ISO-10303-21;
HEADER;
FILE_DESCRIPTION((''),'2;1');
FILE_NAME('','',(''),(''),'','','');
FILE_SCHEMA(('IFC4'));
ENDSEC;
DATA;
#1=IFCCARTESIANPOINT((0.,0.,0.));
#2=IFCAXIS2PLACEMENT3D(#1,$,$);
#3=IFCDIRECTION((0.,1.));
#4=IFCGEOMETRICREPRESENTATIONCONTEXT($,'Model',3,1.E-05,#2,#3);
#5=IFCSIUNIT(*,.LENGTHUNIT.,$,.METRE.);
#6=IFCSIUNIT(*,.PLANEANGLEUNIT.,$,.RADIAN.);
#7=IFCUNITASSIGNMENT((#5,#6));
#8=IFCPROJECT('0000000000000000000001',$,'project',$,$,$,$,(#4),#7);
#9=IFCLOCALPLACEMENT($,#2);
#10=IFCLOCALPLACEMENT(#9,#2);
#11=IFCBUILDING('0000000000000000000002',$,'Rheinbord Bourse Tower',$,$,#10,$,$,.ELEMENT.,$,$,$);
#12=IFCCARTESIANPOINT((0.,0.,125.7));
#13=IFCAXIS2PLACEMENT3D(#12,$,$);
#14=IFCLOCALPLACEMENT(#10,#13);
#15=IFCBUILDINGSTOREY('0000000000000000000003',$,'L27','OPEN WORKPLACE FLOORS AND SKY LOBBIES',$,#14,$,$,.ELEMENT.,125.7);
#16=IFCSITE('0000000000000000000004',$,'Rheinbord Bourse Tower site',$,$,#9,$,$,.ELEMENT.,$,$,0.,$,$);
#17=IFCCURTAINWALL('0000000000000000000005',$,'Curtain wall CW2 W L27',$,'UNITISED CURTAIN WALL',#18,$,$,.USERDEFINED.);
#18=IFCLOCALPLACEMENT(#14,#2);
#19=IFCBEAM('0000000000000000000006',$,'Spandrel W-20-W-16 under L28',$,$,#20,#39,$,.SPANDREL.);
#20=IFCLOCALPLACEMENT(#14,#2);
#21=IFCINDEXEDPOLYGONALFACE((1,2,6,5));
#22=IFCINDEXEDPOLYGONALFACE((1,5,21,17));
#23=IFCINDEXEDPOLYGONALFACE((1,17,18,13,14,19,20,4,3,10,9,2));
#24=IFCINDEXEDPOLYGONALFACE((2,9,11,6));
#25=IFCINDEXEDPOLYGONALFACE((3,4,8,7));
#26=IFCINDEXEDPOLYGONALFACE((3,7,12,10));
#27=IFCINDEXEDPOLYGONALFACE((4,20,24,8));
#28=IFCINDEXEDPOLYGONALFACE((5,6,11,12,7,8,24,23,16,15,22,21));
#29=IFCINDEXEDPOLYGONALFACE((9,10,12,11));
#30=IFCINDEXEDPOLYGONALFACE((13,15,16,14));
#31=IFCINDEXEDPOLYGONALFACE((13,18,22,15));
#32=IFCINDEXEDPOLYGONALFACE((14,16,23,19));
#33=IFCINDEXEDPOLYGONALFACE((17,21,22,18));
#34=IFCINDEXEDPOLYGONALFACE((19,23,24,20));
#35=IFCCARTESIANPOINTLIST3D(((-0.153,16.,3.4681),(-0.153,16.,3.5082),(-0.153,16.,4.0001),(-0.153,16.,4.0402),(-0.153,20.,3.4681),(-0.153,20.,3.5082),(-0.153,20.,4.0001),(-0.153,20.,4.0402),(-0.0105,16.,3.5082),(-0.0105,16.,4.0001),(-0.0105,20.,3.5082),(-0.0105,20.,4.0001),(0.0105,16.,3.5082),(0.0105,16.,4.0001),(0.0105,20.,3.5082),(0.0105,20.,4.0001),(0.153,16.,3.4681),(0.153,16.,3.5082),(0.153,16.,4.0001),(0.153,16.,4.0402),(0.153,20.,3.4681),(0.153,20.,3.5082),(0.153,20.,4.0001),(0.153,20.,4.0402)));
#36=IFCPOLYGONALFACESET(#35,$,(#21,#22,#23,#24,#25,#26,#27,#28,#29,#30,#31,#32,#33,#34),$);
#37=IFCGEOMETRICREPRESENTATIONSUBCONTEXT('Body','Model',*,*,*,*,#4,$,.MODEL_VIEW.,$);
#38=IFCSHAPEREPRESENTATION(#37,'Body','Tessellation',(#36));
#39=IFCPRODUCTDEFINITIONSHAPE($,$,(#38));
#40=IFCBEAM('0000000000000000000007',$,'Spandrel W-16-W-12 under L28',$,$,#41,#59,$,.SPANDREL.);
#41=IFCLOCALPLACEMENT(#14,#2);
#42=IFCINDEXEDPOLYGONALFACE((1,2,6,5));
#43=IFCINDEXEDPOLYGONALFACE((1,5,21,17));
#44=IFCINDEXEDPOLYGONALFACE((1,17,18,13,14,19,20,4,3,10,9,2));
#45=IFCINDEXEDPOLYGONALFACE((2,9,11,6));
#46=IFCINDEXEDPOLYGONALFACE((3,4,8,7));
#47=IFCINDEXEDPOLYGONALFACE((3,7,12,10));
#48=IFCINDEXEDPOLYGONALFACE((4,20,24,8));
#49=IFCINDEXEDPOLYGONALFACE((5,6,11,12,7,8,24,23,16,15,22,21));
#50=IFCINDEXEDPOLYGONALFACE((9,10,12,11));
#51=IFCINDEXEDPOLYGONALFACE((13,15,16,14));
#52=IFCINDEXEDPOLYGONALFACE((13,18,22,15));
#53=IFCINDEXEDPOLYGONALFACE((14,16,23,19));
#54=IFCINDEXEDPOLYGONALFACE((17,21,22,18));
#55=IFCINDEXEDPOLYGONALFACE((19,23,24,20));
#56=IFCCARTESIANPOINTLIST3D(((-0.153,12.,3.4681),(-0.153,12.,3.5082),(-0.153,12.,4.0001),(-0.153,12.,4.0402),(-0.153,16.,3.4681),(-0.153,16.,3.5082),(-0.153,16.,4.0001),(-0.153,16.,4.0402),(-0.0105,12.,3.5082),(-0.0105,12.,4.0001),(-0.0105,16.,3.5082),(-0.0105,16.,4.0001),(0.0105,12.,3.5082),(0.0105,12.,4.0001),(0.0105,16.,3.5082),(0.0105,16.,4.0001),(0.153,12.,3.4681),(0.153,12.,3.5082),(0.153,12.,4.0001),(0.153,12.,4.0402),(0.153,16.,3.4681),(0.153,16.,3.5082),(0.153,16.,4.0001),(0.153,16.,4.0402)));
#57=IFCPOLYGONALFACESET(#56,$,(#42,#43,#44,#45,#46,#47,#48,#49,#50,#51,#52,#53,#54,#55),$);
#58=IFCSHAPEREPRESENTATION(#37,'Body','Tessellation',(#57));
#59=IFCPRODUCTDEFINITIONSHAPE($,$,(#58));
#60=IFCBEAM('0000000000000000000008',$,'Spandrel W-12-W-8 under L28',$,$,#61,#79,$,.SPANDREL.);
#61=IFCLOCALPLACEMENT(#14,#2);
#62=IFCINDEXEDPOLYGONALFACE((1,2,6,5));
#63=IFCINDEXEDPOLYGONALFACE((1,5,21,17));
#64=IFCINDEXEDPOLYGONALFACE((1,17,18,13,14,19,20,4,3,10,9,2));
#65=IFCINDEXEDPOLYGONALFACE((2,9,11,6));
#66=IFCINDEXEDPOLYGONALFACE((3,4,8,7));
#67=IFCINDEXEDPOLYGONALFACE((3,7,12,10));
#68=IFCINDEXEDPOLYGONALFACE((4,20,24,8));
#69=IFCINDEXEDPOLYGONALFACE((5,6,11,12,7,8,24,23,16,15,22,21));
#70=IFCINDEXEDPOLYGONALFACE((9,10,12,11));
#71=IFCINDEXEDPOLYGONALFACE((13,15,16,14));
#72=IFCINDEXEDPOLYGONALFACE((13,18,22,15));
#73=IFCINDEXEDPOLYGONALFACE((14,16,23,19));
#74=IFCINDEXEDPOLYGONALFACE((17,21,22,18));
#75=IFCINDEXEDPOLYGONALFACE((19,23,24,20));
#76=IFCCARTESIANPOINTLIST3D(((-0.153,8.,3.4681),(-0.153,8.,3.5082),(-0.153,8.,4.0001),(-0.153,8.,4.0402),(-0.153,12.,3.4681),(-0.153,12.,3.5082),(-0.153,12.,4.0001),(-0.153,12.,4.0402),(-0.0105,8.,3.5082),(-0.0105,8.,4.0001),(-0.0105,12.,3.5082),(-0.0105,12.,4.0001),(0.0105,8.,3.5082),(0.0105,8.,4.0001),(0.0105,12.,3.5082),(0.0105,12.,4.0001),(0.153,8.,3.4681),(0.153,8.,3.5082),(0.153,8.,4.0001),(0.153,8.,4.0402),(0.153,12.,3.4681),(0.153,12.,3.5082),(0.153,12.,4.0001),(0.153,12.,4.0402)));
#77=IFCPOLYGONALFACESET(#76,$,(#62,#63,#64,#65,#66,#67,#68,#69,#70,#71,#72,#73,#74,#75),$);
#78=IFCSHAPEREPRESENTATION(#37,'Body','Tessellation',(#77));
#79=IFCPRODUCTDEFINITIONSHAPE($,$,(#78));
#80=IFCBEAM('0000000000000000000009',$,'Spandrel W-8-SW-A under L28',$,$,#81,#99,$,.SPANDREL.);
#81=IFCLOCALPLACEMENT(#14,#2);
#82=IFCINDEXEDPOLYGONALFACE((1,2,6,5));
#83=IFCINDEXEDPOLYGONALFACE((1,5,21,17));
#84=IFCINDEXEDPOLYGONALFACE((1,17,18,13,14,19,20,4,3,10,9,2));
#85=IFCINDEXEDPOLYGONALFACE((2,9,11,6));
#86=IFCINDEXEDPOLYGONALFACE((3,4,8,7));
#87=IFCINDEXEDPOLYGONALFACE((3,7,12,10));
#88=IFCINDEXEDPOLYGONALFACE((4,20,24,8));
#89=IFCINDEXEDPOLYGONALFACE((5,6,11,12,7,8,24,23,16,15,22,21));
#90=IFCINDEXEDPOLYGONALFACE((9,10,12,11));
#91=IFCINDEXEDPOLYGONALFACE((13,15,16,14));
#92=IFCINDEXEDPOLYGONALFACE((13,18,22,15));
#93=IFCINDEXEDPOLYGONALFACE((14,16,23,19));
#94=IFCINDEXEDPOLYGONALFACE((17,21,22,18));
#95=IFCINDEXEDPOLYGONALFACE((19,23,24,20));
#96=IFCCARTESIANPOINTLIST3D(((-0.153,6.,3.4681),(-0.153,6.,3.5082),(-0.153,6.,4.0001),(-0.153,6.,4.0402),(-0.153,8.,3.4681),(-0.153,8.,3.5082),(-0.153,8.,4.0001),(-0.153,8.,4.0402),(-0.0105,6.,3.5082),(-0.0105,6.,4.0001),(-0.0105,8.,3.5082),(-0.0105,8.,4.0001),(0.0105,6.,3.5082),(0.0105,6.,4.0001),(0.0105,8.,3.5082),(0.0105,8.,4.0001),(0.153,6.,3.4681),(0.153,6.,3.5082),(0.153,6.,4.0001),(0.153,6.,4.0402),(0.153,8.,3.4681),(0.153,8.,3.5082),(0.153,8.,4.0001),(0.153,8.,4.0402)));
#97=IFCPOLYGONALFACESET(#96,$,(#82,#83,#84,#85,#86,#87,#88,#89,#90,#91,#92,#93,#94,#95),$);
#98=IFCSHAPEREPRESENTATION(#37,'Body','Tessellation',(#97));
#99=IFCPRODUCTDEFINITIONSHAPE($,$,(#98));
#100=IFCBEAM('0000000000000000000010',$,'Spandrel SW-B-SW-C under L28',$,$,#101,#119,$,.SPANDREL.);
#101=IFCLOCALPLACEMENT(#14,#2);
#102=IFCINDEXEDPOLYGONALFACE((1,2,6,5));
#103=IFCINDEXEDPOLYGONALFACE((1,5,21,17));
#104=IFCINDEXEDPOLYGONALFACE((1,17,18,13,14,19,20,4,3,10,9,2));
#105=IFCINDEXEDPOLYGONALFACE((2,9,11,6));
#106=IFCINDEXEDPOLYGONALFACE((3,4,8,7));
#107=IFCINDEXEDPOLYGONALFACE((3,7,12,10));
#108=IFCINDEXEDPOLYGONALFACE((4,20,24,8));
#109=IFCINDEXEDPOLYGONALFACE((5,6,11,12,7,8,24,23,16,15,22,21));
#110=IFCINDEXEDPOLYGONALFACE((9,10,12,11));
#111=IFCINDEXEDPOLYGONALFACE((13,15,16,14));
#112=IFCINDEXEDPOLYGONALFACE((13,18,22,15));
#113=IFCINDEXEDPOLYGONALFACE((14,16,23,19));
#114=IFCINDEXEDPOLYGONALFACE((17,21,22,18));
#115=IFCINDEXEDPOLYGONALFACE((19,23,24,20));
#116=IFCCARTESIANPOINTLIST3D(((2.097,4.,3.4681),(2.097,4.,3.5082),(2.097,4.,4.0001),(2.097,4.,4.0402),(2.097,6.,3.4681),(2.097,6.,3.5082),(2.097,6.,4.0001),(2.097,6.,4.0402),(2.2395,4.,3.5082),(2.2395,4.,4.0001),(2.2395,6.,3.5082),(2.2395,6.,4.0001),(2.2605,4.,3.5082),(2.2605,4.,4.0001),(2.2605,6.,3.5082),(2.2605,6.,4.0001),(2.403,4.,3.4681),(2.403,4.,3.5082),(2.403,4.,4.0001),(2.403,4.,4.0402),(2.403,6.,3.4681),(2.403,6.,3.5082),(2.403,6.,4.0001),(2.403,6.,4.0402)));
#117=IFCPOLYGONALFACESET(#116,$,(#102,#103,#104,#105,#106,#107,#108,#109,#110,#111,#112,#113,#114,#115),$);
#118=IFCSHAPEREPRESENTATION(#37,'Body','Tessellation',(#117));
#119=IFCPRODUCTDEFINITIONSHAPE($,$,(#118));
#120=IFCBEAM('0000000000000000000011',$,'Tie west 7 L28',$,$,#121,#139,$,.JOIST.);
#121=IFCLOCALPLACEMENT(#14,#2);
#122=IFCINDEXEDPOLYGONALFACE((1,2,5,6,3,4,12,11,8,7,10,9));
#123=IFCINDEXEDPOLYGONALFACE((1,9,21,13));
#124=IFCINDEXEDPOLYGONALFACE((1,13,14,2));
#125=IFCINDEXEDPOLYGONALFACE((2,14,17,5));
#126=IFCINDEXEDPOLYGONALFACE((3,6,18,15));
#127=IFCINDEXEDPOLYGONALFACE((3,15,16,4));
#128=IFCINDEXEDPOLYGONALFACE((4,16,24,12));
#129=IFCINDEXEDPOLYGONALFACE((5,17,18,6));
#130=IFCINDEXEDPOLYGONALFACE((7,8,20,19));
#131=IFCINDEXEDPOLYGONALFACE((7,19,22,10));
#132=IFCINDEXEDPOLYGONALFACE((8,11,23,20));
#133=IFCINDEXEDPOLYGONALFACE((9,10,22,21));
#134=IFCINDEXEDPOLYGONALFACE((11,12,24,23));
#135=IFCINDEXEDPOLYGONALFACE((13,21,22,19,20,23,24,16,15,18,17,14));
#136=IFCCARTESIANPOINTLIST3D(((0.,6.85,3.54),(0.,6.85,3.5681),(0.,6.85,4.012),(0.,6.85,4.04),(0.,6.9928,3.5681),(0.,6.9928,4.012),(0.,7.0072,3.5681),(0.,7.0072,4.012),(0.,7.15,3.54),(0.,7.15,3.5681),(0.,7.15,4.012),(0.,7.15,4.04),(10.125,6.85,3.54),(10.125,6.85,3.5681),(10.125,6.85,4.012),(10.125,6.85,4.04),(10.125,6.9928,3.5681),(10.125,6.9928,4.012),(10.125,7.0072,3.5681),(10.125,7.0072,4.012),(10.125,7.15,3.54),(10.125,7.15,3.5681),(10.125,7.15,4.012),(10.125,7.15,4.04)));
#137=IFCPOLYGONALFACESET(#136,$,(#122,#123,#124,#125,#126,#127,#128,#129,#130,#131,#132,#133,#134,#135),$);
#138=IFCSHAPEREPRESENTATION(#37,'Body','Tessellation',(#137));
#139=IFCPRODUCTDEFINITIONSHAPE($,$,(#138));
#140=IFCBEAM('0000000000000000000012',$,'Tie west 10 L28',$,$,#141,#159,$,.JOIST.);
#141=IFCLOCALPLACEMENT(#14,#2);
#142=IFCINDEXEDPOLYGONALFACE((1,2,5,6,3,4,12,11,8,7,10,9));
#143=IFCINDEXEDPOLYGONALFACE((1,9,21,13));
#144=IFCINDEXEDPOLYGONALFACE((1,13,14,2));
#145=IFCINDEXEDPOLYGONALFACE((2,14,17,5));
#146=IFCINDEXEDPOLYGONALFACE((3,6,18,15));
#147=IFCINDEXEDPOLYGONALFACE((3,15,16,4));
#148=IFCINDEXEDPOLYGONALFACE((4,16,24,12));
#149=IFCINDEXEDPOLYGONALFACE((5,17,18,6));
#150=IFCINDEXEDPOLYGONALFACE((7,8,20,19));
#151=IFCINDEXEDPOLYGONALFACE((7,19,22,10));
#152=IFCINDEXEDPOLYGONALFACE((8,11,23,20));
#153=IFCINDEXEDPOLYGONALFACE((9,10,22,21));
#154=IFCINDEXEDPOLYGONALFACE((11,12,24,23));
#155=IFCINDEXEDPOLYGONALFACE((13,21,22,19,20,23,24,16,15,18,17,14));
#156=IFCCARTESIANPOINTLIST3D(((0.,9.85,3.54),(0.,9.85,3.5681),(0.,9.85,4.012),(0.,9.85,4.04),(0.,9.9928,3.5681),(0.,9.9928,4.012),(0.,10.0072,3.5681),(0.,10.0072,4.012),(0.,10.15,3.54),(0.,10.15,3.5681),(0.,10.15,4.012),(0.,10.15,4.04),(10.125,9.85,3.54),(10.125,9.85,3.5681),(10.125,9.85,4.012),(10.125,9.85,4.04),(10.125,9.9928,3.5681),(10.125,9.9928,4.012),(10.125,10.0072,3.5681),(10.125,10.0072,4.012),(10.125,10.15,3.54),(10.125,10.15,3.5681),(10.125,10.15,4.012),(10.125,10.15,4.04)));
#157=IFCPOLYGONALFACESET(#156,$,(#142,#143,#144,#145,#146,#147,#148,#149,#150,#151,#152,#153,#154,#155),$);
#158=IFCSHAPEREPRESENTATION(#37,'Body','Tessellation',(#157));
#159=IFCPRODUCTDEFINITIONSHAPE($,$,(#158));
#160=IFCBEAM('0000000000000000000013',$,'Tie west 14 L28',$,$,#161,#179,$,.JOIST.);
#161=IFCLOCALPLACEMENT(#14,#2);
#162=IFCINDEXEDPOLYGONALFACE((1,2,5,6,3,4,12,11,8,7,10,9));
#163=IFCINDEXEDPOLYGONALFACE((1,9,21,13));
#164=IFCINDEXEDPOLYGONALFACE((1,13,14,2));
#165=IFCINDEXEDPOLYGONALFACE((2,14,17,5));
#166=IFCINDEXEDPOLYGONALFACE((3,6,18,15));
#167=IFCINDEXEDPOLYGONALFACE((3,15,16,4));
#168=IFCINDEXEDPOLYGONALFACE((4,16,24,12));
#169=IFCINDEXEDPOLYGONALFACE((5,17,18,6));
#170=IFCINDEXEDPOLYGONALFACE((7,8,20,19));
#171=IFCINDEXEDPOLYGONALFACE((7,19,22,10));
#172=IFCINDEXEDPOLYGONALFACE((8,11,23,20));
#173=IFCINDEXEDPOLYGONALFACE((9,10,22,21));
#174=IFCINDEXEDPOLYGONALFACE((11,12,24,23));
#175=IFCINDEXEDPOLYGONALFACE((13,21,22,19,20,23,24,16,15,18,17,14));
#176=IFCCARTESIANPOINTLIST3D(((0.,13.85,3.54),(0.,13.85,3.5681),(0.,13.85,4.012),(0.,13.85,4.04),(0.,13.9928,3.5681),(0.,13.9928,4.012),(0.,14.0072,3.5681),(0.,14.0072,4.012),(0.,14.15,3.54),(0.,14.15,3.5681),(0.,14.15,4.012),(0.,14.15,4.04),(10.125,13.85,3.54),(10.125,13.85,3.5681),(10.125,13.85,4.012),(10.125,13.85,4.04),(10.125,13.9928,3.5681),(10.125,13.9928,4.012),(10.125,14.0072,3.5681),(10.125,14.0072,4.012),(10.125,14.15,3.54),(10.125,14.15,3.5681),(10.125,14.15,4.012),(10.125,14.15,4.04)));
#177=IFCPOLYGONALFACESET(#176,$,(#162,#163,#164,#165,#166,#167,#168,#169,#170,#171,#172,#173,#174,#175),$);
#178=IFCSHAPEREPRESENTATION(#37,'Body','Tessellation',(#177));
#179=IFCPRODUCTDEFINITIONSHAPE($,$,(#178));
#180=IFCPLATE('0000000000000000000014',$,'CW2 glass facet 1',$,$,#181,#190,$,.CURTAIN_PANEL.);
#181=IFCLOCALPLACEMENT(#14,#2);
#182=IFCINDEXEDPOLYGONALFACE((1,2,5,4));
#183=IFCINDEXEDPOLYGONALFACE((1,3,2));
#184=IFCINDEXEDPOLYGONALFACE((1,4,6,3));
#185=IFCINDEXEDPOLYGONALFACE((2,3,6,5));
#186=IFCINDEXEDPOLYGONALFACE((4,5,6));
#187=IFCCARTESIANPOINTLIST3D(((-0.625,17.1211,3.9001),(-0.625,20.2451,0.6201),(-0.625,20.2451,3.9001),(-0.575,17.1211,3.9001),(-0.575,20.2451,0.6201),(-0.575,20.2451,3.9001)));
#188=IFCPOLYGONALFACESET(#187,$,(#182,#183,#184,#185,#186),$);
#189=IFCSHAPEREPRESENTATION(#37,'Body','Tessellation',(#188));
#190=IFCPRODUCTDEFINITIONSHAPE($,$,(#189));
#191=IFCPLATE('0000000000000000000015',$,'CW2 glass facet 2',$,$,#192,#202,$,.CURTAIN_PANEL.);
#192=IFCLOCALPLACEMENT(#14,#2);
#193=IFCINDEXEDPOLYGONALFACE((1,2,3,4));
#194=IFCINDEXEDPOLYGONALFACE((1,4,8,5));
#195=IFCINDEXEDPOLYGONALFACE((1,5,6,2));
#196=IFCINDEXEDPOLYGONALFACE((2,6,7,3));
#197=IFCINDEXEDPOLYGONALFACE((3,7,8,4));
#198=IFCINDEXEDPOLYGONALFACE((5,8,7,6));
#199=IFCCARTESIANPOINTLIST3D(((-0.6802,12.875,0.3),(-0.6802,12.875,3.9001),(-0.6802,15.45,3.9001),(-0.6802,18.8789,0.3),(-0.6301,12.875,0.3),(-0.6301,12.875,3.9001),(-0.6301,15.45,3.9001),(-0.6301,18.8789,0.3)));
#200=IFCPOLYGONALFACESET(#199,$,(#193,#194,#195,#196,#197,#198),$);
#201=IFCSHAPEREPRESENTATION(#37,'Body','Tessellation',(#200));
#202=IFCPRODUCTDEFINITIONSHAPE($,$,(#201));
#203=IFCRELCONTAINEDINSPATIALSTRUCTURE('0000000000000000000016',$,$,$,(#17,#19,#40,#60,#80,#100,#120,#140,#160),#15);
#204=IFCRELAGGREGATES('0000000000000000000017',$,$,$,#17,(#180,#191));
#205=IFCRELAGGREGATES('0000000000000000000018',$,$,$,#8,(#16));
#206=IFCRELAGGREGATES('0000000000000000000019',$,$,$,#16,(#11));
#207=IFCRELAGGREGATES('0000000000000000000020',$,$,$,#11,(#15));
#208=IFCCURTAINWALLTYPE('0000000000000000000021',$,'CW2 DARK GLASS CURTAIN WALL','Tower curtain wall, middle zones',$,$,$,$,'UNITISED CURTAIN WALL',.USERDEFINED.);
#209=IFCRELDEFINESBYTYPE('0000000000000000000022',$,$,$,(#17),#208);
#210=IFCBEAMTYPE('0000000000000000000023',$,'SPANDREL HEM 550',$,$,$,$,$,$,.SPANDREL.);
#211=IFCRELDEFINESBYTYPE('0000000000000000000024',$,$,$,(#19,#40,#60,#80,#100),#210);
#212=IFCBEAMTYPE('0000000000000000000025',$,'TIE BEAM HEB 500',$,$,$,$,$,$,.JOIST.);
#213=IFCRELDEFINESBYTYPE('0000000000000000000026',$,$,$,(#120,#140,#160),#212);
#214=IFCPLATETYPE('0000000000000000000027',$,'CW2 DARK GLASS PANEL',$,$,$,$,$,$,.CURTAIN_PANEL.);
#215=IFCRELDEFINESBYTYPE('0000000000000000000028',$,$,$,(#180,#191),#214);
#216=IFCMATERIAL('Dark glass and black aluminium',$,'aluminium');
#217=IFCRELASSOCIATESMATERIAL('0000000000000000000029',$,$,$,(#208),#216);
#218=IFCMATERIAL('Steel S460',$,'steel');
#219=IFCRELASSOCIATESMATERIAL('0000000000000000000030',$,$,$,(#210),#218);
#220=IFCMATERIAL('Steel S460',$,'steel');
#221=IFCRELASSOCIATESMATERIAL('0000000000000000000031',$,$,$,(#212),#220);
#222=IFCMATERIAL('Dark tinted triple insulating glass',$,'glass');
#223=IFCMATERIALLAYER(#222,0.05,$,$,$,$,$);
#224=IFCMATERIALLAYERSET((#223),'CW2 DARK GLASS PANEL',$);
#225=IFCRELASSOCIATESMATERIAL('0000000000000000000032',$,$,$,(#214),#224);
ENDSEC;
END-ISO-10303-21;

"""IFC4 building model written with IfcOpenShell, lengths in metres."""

from ifc_helpers import new_model, si_unit, direction, frame, origin, origin_2d, place, context, subcontext, project, spatial, polyline, i_section, outline, extrude, material, layer, layer_set, material_profile, profile_set, type_object, element, aggregate, save


model = new_model("IFC4")

# Units and contexts
model_context = context("Model", 3, precision=1e-05, world=origin(), true_north=direction((0.0, 1.0)))
body_context = subcontext(model_context, "Body", "Model", "MODEL_VIEW")
ifc_project = project(units=[si_unit("LENGTHUNIT", "METRE"), si_unit("PLANEANGLEUNIT", "RADIAN")], contexts=[model_context])

# Site, building, storey
site_placement = place(None, origin())
site = spatial("IfcSite", under=ifc_project, at=site_placement, Name="Rheinbord Bourse Tower site", CompositionType="ELEMENT", RefElevation=0.0)
building_placement = place(site_placement, origin())
building = spatial("IfcBuilding", under=site, at=building_placement, Name="Rheinbord Bourse Tower", CompositionType="ELEMENT")
storey_placement = place(building_placement, frame((0.0, 0.0, 125.7)))
storey = spatial("IfcBuildingStorey", under=building, at=storey_placement, Name="L27", Description="OPEN WORKPLACE FLOORS AND SKY LOBBIES", CompositionType="ELEMENT", Elevation=125.7)

# Curtain wall
ifc_material_1 = material(Name="Dark glass and black aluminium", Category="aluminium")
curtain_wall_type = type_object("IfcCurtainWallType", Name="CW2 DARK GLASS CURTAIN WALL", Description="Tower curtain wall, middle zones", ElementType="UNITISED CURTAIN WALL", PredefinedType="USERDEFINED", material=ifc_material_1)
curtain_wall_placement = place(storey_placement, origin())
curtain_wall = element("IfcCurtainWall", 1, at=curtain_wall_placement, inside=storey, type_object=curtain_wall_type, Name="Curtain wall CW2 W L27", ObjectType="UNITISED CURTAIN WALL", PredefinedType="USERDEFINED")

# Beams
ifc_material_2 = material(Name="Steel S460", Category="steel")
ifc_material_profile_1 = material_profile(ifc_material_2, i_section(OverallWidth=0.3059, OverallDepth=0.572, WebThickness=0.021, FlangeThickness=0.04, at=origin_2d()), Name="HEM 550")
ifc_profile_set_1 = profile_set([ifc_material_profile_1], Name="Steel S460")
beam_type_1 = type_object("IfcBeamType", Name="SPANDREL HEM 550", PredefinedType="SPANDREL", material=ifc_profile_set_1)
for number, where, z_axis, x_axis, name in (
    (2, (0.0, 20.0, 3.7542), (0.0, -1.0, 0.0), (1.0, 0.0, 0.0), "Spandrel W-20-W-16 under L28"),
    (3, (0.0, 16.0, 3.7542), (0.0, -1.0, 0.0), (1.0, 0.0, 0.0), "Spandrel W-16-W-12 under L28"),
    (4, (0.0, 12.0, 3.7542), (0.0, -1.0, 0.0), (1.0, 0.0, 0.0), "Spandrel W-12-W-8 under L28"),
):
    element("IfcBeam", number, at=place(storey_placement, frame(where, z_axis=z_axis, x_axis=x_axis)), inside=storey, type_object=beam_type_1, Name=name, PredefinedType="SPANDREL", context=body_context, shape_type="SweptSolid", body=[
        extrude(i_section(OverallWidth=0.3059, OverallDepth=0.572, WebThickness=0.021, FlangeThickness=0.04, at=origin_2d()), origin(), (0.0, 0.0, 1.0), 4.0),
    ])
for number, where, z_axis, x_axis, name in (
    (5, (0.0, 8.0, 3.7542), (0.0, -1.0, 0.0), (1.0, 0.0, 0.0), "Spandrel W-8-SW-A under L28"),
    (6, (2.25, 6.0, 3.7542), (0.0, -1.0, 0.0), (1.0, 0.0, 0.0), "Spandrel SW-B-SW-C under L28"),
):
    element("IfcBeam", number, at=place(storey_placement, frame(where, z_axis=z_axis, x_axis=x_axis)), inside=storey, type_object=beam_type_1, Name=name, PredefinedType="SPANDREL", context=body_context, shape_type="SweptSolid", body=[
        extrude(i_section(OverallWidth=0.3059, OverallDepth=0.572, WebThickness=0.021, FlangeThickness=0.04, at=origin_2d()), origin(), (0.0, 0.0, 1.0), 2.0),
    ])
ifc_material_3 = material(Name="Steel S460", Category="steel")
ifc_material_profile_2 = material_profile(ifc_material_3, i_section(OverallWidth=0.3, OverallDepth=0.5, WebThickness=0.0144, FlangeThickness=0.0281, at=origin_2d()), Name="HEB 500")
ifc_profile_set_2 = profile_set([ifc_material_profile_2], Name="Steel S460")
beam_type_2 = type_object("IfcBeamType", Name="TIE BEAM HEB 500", PredefinedType="JOIST", material=ifc_profile_set_2)
for number, where, z_axis, x_axis, name in (
    (7, (0.0, 7.0, 3.79), (1.0, 0.0, 0.0), (0.0, 1.0, 0.0), "Tie west 7 L28"),
    (8, (0.0, 10.0, 3.79), (1.0, 0.0, 0.0), (0.0, 1.0, 0.0), "Tie west 10 L28"),
    (9, (0.0, 14.0, 3.79), (1.0, 0.0, 0.0), (0.0, 1.0, 0.0), "Tie west 14 L28"),
):
    element("IfcBeam", number, at=place(storey_placement, frame(where, z_axis=z_axis, x_axis=x_axis)), inside=storey, type_object=beam_type_2, Name=name, PredefinedType="JOIST", context=body_context, shape_type="SweptSolid", body=[
        extrude(i_section(OverallWidth=0.3, OverallDepth=0.5, WebThickness=0.0144, FlangeThickness=0.0281, at=origin_2d()), origin(), (0.0, 0.0, 1.0), 10.125),
    ])

# Plates
ifc_material_4 = material(Name="Dark tinted triple insulating glass", Category="glass")
ifc_layer_1 = layer(ifc_material_4, 0.05)
ifc_layer_set_1 = layer_set([ifc_layer_1], Name="CW2 DARK GLASS PANEL")
plate_type = type_object("IfcPlateType", Name="CW2 DARK GLASS PANEL", PredefinedType="CURTAIN_PANEL", material=ifc_layer_set_1)
plate_1_placement = place(storey_placement, frame((-0.625, 20.2451, 3.9001), z_axis=(1.0, 0.0, 0.0), x_axis=(0.0, -1.0, 0.0)))
plate_1 = element("IfcPlate", 10, at=plate_1_placement, type_object=plate_type, Name="CW2 glass facet 1", PredefinedType="CURTAIN_PANEL", context=body_context, shape_type="SweptSolid", body=[
    extrude(outline(polyline([(0.0, 0.0), (3.124, 0.0), (0.0, 3.28), (0.0, 0.0)])), origin(), (0.0, 0.0, 1.0), 0.05),
])
plate_2_placement = place(storey_placement, frame((-0.6802, 12.875, 3.9001), z_axis=(1.0, 0.0, 0.0), x_axis=(0.0, 0.0, -1.0)))
plate_2 = element("IfcPlate", 11, at=plate_2_placement, type_object=plate_type, Name="CW2 glass facet 2", PredefinedType="CURTAIN_PANEL", context=body_context, shape_type="SweptSolid", body=[
    extrude(outline(polyline([(0.0, 0.0), (3.6001, 0.0), (3.6001, 6.0039), (0.0, 2.575), (0.0, 0.0)])), origin(), (0.0, 0.0, 1.0), 0.05),
])
aggregate(curtain_wall, [plate_1, plate_2])

save(model, "model.ifc")
